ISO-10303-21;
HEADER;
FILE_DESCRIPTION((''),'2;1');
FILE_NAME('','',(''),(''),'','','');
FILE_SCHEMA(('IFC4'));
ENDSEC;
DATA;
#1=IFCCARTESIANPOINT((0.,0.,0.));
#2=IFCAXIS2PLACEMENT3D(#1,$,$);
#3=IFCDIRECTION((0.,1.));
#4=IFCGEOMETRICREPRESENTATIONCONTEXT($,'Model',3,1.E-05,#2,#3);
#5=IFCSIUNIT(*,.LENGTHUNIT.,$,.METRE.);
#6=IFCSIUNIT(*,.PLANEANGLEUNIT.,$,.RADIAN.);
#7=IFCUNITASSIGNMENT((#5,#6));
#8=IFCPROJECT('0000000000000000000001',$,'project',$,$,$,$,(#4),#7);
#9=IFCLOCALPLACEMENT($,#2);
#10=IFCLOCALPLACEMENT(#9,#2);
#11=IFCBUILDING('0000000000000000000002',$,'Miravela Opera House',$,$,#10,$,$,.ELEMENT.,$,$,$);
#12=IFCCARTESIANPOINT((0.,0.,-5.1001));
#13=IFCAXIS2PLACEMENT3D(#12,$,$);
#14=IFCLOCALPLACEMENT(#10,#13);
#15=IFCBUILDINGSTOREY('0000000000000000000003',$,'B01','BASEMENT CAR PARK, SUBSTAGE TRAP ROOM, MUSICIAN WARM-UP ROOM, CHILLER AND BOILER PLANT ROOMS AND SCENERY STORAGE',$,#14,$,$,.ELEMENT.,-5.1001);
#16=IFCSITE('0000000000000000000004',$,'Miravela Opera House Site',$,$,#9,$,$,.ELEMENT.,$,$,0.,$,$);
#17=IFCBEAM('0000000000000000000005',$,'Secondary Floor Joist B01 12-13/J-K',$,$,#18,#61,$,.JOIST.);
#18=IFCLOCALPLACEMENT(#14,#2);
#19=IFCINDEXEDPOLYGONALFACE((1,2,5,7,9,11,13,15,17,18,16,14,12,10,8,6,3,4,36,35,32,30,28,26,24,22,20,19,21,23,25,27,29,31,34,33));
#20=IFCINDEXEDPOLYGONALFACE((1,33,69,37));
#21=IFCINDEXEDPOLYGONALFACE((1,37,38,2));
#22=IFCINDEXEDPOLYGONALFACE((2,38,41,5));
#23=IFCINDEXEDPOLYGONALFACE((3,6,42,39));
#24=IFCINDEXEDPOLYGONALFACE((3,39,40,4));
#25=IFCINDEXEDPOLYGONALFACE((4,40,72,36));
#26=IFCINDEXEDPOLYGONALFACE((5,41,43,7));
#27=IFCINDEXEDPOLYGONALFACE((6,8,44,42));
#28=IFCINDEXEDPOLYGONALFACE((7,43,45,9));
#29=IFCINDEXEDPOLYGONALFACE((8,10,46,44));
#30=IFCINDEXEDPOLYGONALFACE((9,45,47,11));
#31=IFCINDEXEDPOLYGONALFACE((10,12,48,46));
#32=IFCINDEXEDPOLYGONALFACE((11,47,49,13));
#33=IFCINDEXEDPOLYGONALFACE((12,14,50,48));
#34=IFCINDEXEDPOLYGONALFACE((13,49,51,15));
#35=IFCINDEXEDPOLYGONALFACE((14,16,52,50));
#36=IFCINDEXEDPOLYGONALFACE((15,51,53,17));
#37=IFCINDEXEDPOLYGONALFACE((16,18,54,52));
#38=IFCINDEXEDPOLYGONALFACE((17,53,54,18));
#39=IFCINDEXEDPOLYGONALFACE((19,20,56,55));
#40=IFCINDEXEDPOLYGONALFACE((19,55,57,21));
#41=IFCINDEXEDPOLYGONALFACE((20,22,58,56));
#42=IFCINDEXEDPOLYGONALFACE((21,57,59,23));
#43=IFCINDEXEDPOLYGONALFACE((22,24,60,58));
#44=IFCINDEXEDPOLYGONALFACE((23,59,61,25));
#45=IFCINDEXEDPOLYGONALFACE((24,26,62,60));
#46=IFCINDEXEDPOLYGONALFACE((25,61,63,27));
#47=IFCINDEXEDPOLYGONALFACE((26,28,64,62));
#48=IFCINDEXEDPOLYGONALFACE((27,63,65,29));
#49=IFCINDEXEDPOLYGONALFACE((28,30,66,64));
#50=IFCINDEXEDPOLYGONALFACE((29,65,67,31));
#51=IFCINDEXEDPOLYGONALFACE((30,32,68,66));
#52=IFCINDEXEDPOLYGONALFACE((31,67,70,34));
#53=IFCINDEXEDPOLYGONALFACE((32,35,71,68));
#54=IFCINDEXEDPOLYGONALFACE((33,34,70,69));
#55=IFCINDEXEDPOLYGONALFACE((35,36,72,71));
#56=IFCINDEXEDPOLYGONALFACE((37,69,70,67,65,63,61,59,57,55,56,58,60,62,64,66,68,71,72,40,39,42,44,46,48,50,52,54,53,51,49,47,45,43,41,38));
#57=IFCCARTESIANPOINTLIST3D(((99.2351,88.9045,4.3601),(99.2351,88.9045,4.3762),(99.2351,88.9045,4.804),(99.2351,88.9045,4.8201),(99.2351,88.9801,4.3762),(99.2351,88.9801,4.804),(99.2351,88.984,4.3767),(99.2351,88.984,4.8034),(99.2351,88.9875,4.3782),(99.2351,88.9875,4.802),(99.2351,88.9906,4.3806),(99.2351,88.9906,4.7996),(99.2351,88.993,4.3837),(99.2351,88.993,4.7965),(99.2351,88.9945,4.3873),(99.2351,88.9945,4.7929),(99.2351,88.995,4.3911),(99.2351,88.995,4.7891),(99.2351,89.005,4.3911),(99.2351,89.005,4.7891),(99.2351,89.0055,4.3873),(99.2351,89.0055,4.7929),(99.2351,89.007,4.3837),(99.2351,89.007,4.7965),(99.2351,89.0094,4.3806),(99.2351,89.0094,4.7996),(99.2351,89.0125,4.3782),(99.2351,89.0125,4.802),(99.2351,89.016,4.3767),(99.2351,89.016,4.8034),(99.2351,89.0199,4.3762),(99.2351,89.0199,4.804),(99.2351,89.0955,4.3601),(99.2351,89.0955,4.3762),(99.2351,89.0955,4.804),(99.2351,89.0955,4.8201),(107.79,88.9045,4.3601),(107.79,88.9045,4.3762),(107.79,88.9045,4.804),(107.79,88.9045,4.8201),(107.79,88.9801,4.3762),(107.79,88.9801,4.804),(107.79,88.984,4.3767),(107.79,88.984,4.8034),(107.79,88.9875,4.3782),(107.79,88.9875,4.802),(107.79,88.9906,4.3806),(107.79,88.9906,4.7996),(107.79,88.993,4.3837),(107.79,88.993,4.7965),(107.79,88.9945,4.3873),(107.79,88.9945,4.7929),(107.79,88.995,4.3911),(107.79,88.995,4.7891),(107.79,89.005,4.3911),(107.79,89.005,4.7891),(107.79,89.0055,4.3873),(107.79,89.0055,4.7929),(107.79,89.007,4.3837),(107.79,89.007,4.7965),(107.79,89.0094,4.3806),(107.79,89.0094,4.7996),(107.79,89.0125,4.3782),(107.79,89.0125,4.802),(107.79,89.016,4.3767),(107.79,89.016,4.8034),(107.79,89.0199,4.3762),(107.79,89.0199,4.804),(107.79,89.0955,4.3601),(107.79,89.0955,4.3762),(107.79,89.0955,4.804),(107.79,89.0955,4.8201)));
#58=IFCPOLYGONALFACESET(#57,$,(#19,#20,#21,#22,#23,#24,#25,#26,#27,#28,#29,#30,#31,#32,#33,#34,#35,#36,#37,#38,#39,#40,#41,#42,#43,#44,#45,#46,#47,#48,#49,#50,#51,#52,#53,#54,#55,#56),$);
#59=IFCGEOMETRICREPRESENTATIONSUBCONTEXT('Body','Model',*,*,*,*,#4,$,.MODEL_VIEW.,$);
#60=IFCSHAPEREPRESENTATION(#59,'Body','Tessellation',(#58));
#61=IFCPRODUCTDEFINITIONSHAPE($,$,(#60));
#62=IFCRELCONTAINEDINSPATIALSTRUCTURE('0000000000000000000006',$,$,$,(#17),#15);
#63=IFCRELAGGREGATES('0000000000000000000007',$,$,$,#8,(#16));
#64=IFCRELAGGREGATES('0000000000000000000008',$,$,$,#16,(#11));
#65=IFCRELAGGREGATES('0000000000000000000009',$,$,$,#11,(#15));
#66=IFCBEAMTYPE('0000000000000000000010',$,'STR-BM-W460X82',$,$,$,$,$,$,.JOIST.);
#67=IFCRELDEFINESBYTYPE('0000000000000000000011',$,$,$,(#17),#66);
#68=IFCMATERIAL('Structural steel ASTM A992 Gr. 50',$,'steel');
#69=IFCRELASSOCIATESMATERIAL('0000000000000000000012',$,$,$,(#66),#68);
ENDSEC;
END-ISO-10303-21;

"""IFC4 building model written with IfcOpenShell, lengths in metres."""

from ifc_helpers import new_model, si_unit, direction, frame, origin, origin_2d, place, context, subcontext, project, spatial, i_section, extrude, material, material_profile, profile_set, type_object, element, save


model = new_model("IFC4")

# Units and contexts
model_context = context("Model", 3, precision=1e-05, world=origin(), true_north=direction((0.0, 1.0)))
body_context = subcontext(model_context, "Body", "Model", "MODEL_VIEW")
ifc_project = project(units=[si_unit("LENGTHUNIT", "METRE"), si_unit("PLANEANGLEUNIT", "RADIAN")], contexts=[model_context])

# Site, building, storey
site_placement = place(None, origin())
site = spatial("IfcSite", under=ifc_project, at=site_placement, Name="Miravela Opera House Site", CompositionType="ELEMENT", RefElevation=0.0)
building_placement = place(site_placement, origin())
building = spatial("IfcBuilding", under=site, at=building_placement, Name="Miravela Opera House", CompositionType="ELEMENT")
storey_placement = place(building_placement, frame((0.0, 0.0, -5.1001)))
storey = spatial("IfcBuildingStorey", under=building, at=storey_placement, Name="B01", Description="BASEMENT CAR PARK, SUBSTAGE TRAP ROOM, MUSICIAN WARM-UP ROOM, CHILLER AND BOILER PLANT ROOMS AND SCENERY STORAGE", CompositionType="ELEMENT", Elevation=-5.1001)

# Beam
ifc_material_1 = material(Name="Structural steel ASTM A992 Gr. 50", Category="steel")
ifc_material_profile_1 = material_profile(ifc_material_1, i_section(OverallWidth=0.1909, OverallDepth=0.46, WebThickness=0.01, FlangeThickness=0.0161, FilletRadius=0.0149, at=origin_2d()), Name="W460X82")
ifc_profile_set_1 = profile_set([ifc_material_profile_1])
beam_type_1 = type_object("IfcBeamType", Name="STR-BM-W460X82", PredefinedType="JOIST", material=ifc_profile_set_1)
beam_1_placement = place(storey_placement, frame((99.2351, 89.0, 4.5901), z_axis=(1.0, 0.0, 0.0), x_axis=(0.0, 1.0, 0.0)))
element("IfcBeam", 1, at=beam_1_placement, inside=storey, type_object=beam_type_1, Name="Secondary Floor Joist B01 12-13/J-K", PredefinedType="JOIST", context=body_context, shape_type="SweptSolid", body=[
    extrude(i_section(OverallWidth=0.1909, OverallDepth=0.46, WebThickness=0.01, FlangeThickness=0.0161, FilletRadius=0.0149, at=origin_2d()), origin(), (0.0, 0.0, 1.0), 8.5549),
])

save(model, "model.ifc")
